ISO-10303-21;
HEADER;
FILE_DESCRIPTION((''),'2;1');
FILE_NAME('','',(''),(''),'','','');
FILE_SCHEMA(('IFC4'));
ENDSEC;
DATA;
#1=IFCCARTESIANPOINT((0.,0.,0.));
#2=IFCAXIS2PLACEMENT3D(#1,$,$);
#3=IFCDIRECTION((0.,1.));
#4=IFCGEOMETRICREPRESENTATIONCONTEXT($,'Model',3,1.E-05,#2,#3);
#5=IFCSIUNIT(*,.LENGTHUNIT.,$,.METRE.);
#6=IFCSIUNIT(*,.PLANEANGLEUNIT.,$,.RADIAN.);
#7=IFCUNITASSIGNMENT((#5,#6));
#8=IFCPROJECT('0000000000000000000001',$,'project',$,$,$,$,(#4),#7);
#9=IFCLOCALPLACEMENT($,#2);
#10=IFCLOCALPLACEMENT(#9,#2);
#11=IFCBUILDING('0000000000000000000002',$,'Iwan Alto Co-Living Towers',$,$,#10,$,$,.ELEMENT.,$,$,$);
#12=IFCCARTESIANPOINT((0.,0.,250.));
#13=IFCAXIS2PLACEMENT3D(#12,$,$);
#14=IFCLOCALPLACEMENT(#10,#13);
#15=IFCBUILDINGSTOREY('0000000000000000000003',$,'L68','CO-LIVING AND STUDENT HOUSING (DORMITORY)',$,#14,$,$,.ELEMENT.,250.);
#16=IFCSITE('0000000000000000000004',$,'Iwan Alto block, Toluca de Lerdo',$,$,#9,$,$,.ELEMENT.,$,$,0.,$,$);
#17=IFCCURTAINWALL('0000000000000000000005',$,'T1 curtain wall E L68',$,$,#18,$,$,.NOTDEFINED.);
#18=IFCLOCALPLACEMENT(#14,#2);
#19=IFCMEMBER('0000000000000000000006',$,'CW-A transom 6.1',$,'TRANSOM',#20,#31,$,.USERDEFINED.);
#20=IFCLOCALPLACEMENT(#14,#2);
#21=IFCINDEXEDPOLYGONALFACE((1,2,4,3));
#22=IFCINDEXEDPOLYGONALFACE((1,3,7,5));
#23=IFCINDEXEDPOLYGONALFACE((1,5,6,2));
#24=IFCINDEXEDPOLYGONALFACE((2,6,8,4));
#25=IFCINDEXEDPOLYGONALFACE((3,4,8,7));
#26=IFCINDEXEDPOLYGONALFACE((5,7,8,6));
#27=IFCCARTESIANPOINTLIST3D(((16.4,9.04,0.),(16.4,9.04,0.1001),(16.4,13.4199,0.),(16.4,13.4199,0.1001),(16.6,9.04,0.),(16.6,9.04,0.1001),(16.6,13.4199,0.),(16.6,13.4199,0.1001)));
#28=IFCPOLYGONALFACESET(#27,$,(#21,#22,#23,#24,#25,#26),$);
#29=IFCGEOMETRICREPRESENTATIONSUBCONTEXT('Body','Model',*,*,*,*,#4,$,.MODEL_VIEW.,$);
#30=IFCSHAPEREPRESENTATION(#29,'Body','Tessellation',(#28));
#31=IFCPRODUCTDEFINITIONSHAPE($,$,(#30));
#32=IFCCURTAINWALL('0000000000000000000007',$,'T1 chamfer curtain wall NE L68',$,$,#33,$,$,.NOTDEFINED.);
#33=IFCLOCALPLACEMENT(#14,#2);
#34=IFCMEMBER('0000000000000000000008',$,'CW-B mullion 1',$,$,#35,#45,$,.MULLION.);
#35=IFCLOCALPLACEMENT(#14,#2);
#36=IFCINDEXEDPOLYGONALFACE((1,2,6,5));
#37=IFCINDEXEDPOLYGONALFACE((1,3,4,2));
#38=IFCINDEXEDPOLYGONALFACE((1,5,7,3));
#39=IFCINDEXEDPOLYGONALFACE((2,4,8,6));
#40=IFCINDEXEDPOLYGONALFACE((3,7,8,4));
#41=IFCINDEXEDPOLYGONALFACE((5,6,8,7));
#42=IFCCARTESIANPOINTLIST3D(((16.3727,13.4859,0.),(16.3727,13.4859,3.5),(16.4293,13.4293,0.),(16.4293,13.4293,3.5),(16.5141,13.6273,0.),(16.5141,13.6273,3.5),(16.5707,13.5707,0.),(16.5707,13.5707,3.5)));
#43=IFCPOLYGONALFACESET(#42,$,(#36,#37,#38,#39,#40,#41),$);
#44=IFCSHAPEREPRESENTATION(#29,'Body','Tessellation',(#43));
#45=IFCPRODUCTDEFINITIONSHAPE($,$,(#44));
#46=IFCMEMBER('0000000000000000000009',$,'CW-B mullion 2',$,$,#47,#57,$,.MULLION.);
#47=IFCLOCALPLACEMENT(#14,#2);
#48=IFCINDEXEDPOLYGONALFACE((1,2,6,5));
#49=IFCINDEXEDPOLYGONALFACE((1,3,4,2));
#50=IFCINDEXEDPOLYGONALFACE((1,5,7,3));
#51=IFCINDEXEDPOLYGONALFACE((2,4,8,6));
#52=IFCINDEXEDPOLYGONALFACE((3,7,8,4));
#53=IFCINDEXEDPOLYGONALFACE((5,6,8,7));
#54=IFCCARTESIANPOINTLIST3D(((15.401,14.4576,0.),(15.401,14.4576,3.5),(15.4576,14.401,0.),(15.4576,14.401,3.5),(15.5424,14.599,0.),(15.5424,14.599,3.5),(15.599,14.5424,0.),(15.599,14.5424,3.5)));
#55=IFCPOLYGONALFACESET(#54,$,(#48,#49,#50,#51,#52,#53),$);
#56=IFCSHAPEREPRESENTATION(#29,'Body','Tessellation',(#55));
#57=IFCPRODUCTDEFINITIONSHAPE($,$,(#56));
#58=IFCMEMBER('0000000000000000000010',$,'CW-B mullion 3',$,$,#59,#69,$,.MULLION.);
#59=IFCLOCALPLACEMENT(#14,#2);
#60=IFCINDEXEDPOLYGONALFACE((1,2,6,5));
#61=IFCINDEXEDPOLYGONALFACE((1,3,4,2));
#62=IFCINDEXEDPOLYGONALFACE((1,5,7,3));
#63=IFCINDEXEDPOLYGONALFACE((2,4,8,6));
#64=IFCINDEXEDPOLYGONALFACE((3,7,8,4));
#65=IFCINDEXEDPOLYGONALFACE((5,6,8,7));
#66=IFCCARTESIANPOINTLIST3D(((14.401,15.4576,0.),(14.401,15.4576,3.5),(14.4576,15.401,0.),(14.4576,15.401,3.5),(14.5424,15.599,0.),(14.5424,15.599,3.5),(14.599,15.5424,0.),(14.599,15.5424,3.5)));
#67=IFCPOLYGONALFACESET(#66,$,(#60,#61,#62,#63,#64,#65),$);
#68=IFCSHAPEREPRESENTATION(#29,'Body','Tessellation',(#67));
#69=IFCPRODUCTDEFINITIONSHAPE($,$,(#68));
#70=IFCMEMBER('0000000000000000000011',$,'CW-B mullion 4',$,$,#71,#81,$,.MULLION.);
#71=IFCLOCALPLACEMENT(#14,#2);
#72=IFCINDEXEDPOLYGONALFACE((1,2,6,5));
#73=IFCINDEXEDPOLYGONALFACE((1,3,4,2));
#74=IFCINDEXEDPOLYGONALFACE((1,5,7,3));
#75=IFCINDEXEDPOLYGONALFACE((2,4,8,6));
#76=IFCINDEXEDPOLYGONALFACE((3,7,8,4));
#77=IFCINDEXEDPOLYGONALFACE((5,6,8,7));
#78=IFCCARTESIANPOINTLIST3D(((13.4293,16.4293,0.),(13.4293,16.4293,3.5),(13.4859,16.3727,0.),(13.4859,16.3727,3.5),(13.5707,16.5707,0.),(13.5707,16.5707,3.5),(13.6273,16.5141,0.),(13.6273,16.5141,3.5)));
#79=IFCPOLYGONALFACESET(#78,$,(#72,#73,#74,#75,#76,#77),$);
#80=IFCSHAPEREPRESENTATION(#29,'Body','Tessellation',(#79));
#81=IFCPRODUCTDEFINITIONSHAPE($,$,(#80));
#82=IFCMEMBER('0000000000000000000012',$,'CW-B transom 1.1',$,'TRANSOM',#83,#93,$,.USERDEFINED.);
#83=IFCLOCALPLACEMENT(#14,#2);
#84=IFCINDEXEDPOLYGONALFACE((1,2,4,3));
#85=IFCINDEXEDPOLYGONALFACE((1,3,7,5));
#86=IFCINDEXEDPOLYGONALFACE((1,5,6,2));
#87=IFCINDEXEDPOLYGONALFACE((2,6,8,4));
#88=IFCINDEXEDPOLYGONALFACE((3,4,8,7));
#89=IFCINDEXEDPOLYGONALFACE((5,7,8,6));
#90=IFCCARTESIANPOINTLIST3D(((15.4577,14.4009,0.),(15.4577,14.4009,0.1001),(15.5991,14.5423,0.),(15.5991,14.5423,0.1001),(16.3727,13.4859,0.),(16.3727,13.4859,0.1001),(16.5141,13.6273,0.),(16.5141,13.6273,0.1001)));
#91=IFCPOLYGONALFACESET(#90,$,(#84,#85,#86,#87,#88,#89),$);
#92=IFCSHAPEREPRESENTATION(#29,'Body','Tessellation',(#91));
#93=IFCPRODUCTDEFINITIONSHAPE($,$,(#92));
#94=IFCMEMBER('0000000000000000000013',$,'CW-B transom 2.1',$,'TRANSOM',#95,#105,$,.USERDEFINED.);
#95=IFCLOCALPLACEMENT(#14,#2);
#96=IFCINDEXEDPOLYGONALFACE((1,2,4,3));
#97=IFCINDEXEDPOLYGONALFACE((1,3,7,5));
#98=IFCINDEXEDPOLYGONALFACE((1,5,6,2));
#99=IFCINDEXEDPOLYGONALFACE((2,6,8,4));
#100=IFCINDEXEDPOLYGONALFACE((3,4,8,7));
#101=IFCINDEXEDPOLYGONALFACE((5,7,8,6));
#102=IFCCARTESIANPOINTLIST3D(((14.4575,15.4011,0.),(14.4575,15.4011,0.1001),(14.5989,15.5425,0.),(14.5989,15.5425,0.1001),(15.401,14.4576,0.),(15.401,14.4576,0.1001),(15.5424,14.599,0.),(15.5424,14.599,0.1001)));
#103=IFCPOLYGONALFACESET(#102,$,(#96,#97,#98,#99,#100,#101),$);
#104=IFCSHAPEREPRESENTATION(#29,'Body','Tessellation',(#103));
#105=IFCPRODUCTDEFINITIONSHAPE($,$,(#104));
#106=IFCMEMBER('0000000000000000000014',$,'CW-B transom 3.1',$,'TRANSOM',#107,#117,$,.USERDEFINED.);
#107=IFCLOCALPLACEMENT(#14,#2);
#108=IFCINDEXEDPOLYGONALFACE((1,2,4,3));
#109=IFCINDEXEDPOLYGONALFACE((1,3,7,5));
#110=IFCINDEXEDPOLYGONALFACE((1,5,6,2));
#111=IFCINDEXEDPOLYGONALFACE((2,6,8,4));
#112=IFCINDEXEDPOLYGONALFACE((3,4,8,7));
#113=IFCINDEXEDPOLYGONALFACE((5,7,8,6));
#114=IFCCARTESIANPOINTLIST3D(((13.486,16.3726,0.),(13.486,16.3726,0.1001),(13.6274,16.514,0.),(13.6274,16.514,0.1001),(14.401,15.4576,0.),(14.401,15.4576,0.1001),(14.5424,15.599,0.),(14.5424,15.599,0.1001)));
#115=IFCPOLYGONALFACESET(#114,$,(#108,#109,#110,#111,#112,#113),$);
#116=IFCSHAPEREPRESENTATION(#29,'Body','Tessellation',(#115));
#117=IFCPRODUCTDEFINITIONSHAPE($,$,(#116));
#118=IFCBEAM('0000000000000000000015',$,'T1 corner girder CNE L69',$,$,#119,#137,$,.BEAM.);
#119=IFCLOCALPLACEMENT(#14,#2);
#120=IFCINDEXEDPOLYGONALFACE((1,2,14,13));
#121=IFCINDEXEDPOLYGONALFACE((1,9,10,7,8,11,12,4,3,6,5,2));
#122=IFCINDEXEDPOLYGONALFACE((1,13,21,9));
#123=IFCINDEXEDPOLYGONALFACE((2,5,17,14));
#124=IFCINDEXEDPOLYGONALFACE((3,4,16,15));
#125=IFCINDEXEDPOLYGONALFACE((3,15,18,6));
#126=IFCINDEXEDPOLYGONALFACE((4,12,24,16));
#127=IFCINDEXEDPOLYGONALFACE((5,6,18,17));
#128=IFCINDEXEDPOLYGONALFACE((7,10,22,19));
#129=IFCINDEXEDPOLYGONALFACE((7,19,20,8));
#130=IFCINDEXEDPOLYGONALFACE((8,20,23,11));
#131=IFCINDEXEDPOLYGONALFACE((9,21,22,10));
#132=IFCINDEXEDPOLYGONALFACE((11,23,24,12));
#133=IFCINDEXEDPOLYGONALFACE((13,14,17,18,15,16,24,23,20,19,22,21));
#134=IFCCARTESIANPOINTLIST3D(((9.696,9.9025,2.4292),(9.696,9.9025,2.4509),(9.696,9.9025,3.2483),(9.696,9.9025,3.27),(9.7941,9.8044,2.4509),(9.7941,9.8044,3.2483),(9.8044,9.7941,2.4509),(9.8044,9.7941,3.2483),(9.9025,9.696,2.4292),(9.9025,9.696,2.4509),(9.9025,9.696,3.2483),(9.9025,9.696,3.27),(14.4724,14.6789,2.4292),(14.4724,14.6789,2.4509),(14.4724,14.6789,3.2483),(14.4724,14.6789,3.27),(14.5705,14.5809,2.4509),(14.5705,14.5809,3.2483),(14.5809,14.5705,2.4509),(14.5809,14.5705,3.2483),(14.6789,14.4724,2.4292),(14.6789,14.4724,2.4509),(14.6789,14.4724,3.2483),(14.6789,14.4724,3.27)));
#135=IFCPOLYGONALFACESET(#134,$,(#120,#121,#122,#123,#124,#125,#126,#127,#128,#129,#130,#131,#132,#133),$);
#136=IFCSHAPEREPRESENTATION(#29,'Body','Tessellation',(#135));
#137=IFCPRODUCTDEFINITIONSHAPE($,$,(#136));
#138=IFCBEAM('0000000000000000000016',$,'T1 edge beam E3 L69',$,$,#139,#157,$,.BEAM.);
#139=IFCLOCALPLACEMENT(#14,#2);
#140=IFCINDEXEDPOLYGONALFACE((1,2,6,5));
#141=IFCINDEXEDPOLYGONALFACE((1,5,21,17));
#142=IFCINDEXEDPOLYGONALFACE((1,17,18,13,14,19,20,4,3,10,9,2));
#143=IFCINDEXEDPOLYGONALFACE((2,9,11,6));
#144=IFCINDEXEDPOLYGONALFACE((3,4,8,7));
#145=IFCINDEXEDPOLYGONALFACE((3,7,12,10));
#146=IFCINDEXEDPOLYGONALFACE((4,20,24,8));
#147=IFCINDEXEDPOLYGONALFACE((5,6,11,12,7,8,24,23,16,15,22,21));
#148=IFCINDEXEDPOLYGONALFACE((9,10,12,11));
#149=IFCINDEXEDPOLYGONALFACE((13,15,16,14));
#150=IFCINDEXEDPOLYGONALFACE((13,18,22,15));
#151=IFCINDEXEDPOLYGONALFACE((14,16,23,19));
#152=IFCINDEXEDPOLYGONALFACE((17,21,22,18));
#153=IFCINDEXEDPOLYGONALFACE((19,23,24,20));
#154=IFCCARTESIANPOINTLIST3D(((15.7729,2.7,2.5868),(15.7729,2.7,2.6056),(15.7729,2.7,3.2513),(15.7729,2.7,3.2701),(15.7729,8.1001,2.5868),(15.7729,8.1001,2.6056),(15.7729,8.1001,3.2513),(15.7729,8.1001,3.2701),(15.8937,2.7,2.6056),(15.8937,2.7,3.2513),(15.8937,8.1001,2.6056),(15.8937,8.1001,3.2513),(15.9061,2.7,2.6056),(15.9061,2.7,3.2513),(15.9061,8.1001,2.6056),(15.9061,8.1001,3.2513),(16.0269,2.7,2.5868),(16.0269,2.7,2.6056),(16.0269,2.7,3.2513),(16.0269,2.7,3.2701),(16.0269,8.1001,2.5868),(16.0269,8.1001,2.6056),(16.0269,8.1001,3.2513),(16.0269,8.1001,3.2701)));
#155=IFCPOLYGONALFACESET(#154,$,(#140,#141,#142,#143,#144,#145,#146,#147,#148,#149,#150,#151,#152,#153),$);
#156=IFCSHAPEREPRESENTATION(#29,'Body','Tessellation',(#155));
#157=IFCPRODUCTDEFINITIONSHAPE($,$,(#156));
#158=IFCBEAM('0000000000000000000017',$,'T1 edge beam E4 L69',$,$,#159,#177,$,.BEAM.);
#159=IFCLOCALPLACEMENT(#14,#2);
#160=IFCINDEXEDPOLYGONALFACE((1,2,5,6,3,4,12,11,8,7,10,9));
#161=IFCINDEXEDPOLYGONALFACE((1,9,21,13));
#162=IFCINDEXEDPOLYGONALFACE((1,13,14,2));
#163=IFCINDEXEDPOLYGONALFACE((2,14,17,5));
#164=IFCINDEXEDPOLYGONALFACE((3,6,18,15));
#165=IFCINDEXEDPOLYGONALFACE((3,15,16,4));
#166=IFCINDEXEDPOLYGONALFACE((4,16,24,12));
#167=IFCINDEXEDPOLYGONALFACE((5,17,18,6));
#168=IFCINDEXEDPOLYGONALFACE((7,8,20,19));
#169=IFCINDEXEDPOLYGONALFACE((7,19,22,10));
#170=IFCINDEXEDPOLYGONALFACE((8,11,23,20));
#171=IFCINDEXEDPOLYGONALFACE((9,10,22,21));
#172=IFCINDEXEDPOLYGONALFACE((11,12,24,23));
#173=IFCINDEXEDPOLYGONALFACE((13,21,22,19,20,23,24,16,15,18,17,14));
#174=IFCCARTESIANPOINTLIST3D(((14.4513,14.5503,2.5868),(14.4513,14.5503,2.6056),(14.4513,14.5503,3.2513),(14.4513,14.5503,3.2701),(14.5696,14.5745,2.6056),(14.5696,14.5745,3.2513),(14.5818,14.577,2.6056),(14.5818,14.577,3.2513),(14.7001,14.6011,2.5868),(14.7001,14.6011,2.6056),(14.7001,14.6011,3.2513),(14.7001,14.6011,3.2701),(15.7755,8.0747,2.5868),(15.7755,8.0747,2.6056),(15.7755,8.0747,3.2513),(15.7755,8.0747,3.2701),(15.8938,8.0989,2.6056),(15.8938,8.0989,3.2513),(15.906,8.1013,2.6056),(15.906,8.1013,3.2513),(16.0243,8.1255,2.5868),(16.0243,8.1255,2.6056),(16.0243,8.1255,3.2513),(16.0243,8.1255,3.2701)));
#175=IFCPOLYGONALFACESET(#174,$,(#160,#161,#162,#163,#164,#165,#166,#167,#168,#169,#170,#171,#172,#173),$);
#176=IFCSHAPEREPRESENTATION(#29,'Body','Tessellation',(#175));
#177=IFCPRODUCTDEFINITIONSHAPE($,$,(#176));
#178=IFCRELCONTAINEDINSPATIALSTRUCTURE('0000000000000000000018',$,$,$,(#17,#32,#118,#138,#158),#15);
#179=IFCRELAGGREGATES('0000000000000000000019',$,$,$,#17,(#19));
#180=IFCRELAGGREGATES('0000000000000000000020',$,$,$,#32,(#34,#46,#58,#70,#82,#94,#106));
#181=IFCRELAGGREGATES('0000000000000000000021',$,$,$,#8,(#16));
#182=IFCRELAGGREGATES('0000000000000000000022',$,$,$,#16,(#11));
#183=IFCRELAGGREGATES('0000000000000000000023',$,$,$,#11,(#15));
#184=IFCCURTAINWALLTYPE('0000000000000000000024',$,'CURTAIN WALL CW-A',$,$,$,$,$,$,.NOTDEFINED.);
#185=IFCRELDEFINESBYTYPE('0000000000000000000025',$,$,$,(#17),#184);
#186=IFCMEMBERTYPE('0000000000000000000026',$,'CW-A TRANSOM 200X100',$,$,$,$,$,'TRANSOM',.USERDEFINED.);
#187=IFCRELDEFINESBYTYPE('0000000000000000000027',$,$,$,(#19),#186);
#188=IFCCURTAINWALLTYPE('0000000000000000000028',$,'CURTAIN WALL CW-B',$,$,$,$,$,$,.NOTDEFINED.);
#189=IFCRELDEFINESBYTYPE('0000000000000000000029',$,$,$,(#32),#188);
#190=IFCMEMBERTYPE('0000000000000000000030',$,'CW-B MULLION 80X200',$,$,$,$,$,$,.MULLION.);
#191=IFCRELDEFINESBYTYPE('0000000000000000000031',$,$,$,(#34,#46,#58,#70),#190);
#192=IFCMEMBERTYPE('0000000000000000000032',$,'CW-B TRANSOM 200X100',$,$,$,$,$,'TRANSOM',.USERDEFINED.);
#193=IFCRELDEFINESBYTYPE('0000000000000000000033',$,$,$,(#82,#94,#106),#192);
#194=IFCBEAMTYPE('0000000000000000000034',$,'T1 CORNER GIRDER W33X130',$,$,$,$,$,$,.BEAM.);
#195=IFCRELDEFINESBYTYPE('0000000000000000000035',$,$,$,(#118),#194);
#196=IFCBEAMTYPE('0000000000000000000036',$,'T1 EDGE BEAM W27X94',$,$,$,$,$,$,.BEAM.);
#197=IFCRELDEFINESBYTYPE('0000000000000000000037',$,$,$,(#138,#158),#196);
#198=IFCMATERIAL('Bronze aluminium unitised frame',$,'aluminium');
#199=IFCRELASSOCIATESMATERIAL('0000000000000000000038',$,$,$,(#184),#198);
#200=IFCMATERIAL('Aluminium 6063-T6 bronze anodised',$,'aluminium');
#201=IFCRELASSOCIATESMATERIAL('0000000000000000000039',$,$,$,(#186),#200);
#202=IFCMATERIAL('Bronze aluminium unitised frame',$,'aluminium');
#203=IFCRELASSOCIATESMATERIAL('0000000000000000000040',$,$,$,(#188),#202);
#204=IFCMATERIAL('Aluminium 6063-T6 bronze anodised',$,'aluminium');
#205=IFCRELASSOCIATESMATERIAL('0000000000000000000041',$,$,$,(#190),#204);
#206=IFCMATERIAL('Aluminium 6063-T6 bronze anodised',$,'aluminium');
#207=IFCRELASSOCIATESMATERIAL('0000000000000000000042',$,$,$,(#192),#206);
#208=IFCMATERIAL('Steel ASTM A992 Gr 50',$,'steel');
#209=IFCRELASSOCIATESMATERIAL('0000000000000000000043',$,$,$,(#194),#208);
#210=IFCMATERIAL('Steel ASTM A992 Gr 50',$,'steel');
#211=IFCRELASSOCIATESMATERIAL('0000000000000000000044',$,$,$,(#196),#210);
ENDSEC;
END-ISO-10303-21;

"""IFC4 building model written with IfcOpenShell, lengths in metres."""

from ifc_helpers import new_model, si_unit, direction, frame, origin, origin_2d, place, context, subcontext, project, spatial, rectangle, i_section, extrude, material, material_profile, profile_set, type_object, element, aggregate, save


model = new_model("IFC4")

# Units and contexts
model_context = context("Model", 3, precision=1e-05, world=origin(), true_north=direction((0.0, 1.0)))
body_context = subcontext(model_context, "Body", "Model", "MODEL_VIEW")
ifc_project = project(units=[si_unit("LENGTHUNIT", "METRE"), si_unit("PLANEANGLEUNIT", "RADIAN")], contexts=[model_context])

# Site, building, storey
site_placement = place(None, origin())
site = spatial("IfcSite", under=ifc_project, at=site_placement, Name="Iwan Alto block, Toluca de Lerdo", CompositionType="ELEMENT", RefElevation=0.0)
building_placement = place(site_placement, origin())
building = spatial("IfcBuilding", under=site, at=building_placement, Name="Iwan Alto Co-Living Towers", CompositionType="ELEMENT")
storey_placement = place(building_placement, frame((0.0, 0.0, 250.0)))
storey = spatial("IfcBuildingStorey", under=building, at=storey_placement, Name="L68", Description="CO-LIVING AND STUDENT HOUSING (DORMITORY)", CompositionType="ELEMENT", Elevation=250.0)

# Curtain wall
ifc_material_1 = material(Name="Bronze aluminium unitised frame", Category="aluminium")
curtain_wall_type_1 = type_object("IfcCurtainWallType", Name="CURTAIN WALL CW-A", PredefinedType="NOTDEFINED", material=ifc_material_1)
curtain_wall_1_placement = place(storey_placement, origin())
curtain_wall_1 = element("IfcCurtainWall", 1, at=curtain_wall_1_placement, inside=storey, type_object=curtain_wall_type_1, Name="T1 curtain wall E L68", PredefinedType="NOTDEFINED")

# Member
ifc_material_2 = material(Name="Aluminium 6063-T6 bronze anodised", Category="aluminium")
ifc_material_profile_1 = material_profile(ifc_material_2, rectangle(XDim=0.2, YDim=0.1001, at=origin_2d()), Name="AL 200X100")
ifc_profile_set_1 = profile_set([ifc_material_profile_1], Name="Aluminium 6063-T6 bronze anodised")
member_type_1 = type_object("IfcMemberType", Name="CW-A TRANSOM 200X100", ElementType="TRANSOM", PredefinedType="USERDEFINED", material=ifc_profile_set_1)
member_1_placement = place(storey_placement, frame((16.5, 9.04, 0.05), z_axis=(0.0, 1.0, 0.0), x_axis=(-1.0, 0.0, 0.0)))
member_1 = element("IfcMember", 2, at=member_1_placement, type_object=member_type_1, Name="CW-A transom 6.1", ObjectType="TRANSOM", PredefinedType="USERDEFINED", context=body_context, shape_type="SweptSolid", body=[
    extrude(rectangle(XDim=0.2, YDim=0.1001, at=origin_2d()), origin(), (0.0, 0.0, 1.0), 4.3799),
])

# Curtain wall, members
ifc_material_3 = material(Name="Bronze aluminium unitised frame", Category="aluminium")
curtain_wall_type_2 = type_object("IfcCurtainWallType", Name="CURTAIN WALL CW-B", PredefinedType="NOTDEFINED", material=ifc_material_3)
curtain_wall_2_placement = place(storey_placement, origin())
curtain_wall_2 = element("IfcCurtainWall", 3, at=curtain_wall_2_placement, inside=storey, type_object=curtain_wall_type_2, Name="T1 chamfer curtain wall NE L68", PredefinedType="NOTDEFINED")
ifc_material_4 = material(Name="Aluminium 6063-T6 bronze anodised", Category="aluminium")
ifc_material_profile_2 = material_profile(ifc_material_4, rectangle(XDim=0.2, YDim=0.0801, at=origin_2d()), Name="AL 80X200")
ifc_profile_set_2 = profile_set([ifc_material_profile_2], Name="Aluminium 6063-T6 bronze anodised")
member_type_2 = type_object("IfcMemberType", Name="CW-B MULLION 80X200", PredefinedType="MULLION", material=ifc_profile_set_2)
member_2_placement = place(storey_placement, frame((16.4717, 13.5283, 0.0), z_axis=(0.0, 0.0, 1.0), x_axis=(-0.707107, -0.707107, 0.0)))
member_2 = element("IfcMember", 4, at=member_2_placement, type_object=member_type_2, Name="CW-B mullion 1", PredefinedType="MULLION", context=body_context, shape_type="SweptSolid", body=[
    extrude(rectangle(XDim=0.2, YDim=0.0801, at=origin_2d()), origin(), (0.0, 0.0, 1.0), 3.5),
])
member_3_placement = place(storey_placement, frame((15.5, 14.5, 0.0), z_axis=(0.0, 0.0, 1.0), x_axis=(-0.707107, -0.707107, 0.0)))
member_3 = element("IfcMember", 5, at=member_3_placement, type_object=member_type_2, Name="CW-B mullion 2", PredefinedType="MULLION", context=body_context, shape_type="SweptSolid", body=[
    extrude(rectangle(XDim=0.2, YDim=0.0801, at=origin_2d()), origin(), (0.0, 0.0, 1.0), 3.5),
])
member_4_placement = place(storey_placement, frame((14.5, 15.5, 0.0), z_axis=(0.0, 0.0, 1.0), x_axis=(-0.707107, -0.707107, 0.0)))
member_4 = element("IfcMember", 6, at=member_4_placement, type_object=member_type_2, Name="CW-B mullion 3", PredefinedType="MULLION", context=body_context, shape_type="SweptSolid", body=[
    extrude(rectangle(XDim=0.2, YDim=0.0801, at=origin_2d()), origin(), (0.0, 0.0, 1.0), 3.5),
])
member_5_placement = place(storey_placement, frame((13.5283, 16.4717, 0.0), z_axis=(0.0, 0.0, 1.0), x_axis=(-0.707107, -0.707107, 0.0)))
member_5 = element("IfcMember", 7, at=member_5_placement, type_object=member_type_2, Name="CW-B mullion 4", PredefinedType="MULLION", context=body_context, shape_type="SweptSolid", body=[
    extrude(rectangle(XDim=0.2, YDim=0.0801, at=origin_2d()), origin(), (0.0, 0.0, 1.0), 3.5),
])
ifc_material_5 = material(Name="Aluminium 6063-T6 bronze anodised", Category="aluminium")
ifc_material_profile_3 = material_profile(ifc_material_5, rectangle(XDim=0.2, YDim=0.1001, at=origin_2d()), Name="AL 200X100")
ifc_profile_set_3 = profile_set([ifc_material_profile_3], Name="Aluminium 6063-T6 bronze anodised")
member_type_3 = type_object("IfcMemberType", Name="CW-B TRANSOM 200X100", ElementType="TRANSOM", PredefinedType="USERDEFINED", material=ifc_profile_set_3)
member_6_placement = place(storey_placement, frame((16.4434, 13.5566, 0.05), z_axis=(-0.707107, 0.707107, 0.0), x_axis=(-0.707107, -0.707107, 0.0)))
member_6 = element("IfcMember", 8, at=member_6_placement, type_object=member_type_3, Name="CW-B transom 1.1", ObjectType="TRANSOM", PredefinedType="USERDEFINED", context=body_context, shape_type="SweptSolid", body=[
    extrude(rectangle(XDim=0.2, YDim=0.1001, at=origin_2d()), origin(), (0.0, 0.0, 1.0), 1.2939),
])
member_7_placement = place(storey_placement, frame((15.4717, 14.5283, 0.05), z_axis=(-0.707107, 0.707107, 0.0), x_axis=(-0.707107, -0.707107, 0.0)))
member_7 = element("IfcMember", 9, at=member_7_placement, type_object=member_type_3, Name="CW-B transom 2.1", ObjectType="TRANSOM", PredefinedType="USERDEFINED", context=body_context, shape_type="SweptSolid", body=[
    extrude(rectangle(XDim=0.2, YDim=0.1001, at=origin_2d()), origin(), (0.0, 0.0, 1.0), 1.3342),
])
member_8_placement = place(storey_placement, frame((14.4717, 15.5283, 0.05), z_axis=(-0.707107, 0.707107, 0.0), x_axis=(-0.707107, -0.707107, 0.0)))
member_8 = element("IfcMember", 10, at=member_8_placement, type_object=member_type_3, Name="CW-B transom 3.1", ObjectType="TRANSOM", PredefinedType="USERDEFINED", context=body_context, shape_type="SweptSolid", body=[
    extrude(rectangle(XDim=0.2, YDim=0.1001, at=origin_2d()), origin(), (0.0, 0.0, 1.0), 1.2939),
])

# Beams
ifc_material_6 = material(Name="Steel ASTM A992 Gr 50", Category="steel")
ifc_material_profile_4 = material_profile(ifc_material_6, i_section(OverallWidth=0.292, OverallDepth=0.8408, WebThickness=0.0146, FlangeThickness=0.0217, at=origin_2d()), Name="W33X130")
ifc_profile_set_4 = profile_set([ifc_material_profile_4], Name="Steel ASTM A992 Gr 50")
beam_type_1 = type_object("IfcBeamType", Name="T1 CORNER GIRDER W33X130", PredefinedType="BEAM", material=ifc_profile_set_4)
beam_1_placement = place(storey_placement, frame((14.5757, 14.5757, 2.8496), z_axis=(-0.707107, -0.707107, 0.0), x_axis=(0.707107, -0.707107, 0.0)))
element("IfcBeam", 11, at=beam_1_placement, inside=storey, type_object=beam_type_1, Name="T1 corner girder CNE L69", PredefinedType="BEAM", context=body_context, shape_type="SweptSolid", body=[
    extrude(i_section(OverallWidth=0.292, OverallDepth=0.8408, WebThickness=0.0146, FlangeThickness=0.0217, at=origin_2d()), origin(), (0.0, 0.0, 1.0), 6.7549),
])
ifc_material_7 = material(Name="Steel ASTM A992 Gr 50", Category="steel")
ifc_material_profile_5 = material_profile(ifc_material_7, i_section(OverallWidth=0.2539, OverallDepth=0.6833, WebThickness=0.0125, FlangeThickness=0.0188, at=origin_2d()), Name="W27X94")
ifc_profile_set_5 = profile_set([ifc_material_profile_5], Name="Steel ASTM A992 Gr 50")
beam_type_2 = type_object("IfcBeamType", Name="T1 EDGE BEAM W27X94", PredefinedType="BEAM", material=ifc_profile_set_5)
beam_2_placement = place(storey_placement, frame((15.8999, 2.7, 2.9285), z_axis=(0.0, 1.0, 0.0), x_axis=(-1.0, 0.0, 0.0)))
element("IfcBeam", 12, at=beam_2_placement, inside=storey, type_object=beam_type_2, Name="T1 edge beam E3 L69", PredefinedType="BEAM", context=body_context, shape_type="SweptSolid", body=[
    extrude(i_section(OverallWidth=0.2539, OverallDepth=0.6833, WebThickness=0.0125, FlangeThickness=0.0188, at=origin_2d()), origin(), (0.0, 0.0, 1.0), 5.4001),
])
for number, where, z_axis, x_axis, name in (
    (13, (15.8999, 8.1001, 2.9285), (-0.200348, 0.979725, 0.0), (-0.979725, -0.200348, 0.0), "T1 edge beam E4 L69"),
):
    element("IfcBeam", number, at=place(storey_placement, frame(where, z_axis=z_axis, x_axis=x_axis)), inside=storey, type_object=beam_type_2, Name=name, PredefinedType="BEAM", context=body_context, shape_type="SweptSolid", body=[
        extrude(i_section(OverallWidth=0.2539, OverallDepth=0.6833, WebThickness=0.0125, FlangeThickness=0.0188, at=origin_2d()), origin(), (0.0, 0.0, 1.0), 6.6096),
    ])

aggregate(curtain_wall_1, [member_1])
aggregate(curtain_wall_2, [member_2, member_3, member_4, member_5, member_6, member_7, member_8])

save(model, "model.ifc")
